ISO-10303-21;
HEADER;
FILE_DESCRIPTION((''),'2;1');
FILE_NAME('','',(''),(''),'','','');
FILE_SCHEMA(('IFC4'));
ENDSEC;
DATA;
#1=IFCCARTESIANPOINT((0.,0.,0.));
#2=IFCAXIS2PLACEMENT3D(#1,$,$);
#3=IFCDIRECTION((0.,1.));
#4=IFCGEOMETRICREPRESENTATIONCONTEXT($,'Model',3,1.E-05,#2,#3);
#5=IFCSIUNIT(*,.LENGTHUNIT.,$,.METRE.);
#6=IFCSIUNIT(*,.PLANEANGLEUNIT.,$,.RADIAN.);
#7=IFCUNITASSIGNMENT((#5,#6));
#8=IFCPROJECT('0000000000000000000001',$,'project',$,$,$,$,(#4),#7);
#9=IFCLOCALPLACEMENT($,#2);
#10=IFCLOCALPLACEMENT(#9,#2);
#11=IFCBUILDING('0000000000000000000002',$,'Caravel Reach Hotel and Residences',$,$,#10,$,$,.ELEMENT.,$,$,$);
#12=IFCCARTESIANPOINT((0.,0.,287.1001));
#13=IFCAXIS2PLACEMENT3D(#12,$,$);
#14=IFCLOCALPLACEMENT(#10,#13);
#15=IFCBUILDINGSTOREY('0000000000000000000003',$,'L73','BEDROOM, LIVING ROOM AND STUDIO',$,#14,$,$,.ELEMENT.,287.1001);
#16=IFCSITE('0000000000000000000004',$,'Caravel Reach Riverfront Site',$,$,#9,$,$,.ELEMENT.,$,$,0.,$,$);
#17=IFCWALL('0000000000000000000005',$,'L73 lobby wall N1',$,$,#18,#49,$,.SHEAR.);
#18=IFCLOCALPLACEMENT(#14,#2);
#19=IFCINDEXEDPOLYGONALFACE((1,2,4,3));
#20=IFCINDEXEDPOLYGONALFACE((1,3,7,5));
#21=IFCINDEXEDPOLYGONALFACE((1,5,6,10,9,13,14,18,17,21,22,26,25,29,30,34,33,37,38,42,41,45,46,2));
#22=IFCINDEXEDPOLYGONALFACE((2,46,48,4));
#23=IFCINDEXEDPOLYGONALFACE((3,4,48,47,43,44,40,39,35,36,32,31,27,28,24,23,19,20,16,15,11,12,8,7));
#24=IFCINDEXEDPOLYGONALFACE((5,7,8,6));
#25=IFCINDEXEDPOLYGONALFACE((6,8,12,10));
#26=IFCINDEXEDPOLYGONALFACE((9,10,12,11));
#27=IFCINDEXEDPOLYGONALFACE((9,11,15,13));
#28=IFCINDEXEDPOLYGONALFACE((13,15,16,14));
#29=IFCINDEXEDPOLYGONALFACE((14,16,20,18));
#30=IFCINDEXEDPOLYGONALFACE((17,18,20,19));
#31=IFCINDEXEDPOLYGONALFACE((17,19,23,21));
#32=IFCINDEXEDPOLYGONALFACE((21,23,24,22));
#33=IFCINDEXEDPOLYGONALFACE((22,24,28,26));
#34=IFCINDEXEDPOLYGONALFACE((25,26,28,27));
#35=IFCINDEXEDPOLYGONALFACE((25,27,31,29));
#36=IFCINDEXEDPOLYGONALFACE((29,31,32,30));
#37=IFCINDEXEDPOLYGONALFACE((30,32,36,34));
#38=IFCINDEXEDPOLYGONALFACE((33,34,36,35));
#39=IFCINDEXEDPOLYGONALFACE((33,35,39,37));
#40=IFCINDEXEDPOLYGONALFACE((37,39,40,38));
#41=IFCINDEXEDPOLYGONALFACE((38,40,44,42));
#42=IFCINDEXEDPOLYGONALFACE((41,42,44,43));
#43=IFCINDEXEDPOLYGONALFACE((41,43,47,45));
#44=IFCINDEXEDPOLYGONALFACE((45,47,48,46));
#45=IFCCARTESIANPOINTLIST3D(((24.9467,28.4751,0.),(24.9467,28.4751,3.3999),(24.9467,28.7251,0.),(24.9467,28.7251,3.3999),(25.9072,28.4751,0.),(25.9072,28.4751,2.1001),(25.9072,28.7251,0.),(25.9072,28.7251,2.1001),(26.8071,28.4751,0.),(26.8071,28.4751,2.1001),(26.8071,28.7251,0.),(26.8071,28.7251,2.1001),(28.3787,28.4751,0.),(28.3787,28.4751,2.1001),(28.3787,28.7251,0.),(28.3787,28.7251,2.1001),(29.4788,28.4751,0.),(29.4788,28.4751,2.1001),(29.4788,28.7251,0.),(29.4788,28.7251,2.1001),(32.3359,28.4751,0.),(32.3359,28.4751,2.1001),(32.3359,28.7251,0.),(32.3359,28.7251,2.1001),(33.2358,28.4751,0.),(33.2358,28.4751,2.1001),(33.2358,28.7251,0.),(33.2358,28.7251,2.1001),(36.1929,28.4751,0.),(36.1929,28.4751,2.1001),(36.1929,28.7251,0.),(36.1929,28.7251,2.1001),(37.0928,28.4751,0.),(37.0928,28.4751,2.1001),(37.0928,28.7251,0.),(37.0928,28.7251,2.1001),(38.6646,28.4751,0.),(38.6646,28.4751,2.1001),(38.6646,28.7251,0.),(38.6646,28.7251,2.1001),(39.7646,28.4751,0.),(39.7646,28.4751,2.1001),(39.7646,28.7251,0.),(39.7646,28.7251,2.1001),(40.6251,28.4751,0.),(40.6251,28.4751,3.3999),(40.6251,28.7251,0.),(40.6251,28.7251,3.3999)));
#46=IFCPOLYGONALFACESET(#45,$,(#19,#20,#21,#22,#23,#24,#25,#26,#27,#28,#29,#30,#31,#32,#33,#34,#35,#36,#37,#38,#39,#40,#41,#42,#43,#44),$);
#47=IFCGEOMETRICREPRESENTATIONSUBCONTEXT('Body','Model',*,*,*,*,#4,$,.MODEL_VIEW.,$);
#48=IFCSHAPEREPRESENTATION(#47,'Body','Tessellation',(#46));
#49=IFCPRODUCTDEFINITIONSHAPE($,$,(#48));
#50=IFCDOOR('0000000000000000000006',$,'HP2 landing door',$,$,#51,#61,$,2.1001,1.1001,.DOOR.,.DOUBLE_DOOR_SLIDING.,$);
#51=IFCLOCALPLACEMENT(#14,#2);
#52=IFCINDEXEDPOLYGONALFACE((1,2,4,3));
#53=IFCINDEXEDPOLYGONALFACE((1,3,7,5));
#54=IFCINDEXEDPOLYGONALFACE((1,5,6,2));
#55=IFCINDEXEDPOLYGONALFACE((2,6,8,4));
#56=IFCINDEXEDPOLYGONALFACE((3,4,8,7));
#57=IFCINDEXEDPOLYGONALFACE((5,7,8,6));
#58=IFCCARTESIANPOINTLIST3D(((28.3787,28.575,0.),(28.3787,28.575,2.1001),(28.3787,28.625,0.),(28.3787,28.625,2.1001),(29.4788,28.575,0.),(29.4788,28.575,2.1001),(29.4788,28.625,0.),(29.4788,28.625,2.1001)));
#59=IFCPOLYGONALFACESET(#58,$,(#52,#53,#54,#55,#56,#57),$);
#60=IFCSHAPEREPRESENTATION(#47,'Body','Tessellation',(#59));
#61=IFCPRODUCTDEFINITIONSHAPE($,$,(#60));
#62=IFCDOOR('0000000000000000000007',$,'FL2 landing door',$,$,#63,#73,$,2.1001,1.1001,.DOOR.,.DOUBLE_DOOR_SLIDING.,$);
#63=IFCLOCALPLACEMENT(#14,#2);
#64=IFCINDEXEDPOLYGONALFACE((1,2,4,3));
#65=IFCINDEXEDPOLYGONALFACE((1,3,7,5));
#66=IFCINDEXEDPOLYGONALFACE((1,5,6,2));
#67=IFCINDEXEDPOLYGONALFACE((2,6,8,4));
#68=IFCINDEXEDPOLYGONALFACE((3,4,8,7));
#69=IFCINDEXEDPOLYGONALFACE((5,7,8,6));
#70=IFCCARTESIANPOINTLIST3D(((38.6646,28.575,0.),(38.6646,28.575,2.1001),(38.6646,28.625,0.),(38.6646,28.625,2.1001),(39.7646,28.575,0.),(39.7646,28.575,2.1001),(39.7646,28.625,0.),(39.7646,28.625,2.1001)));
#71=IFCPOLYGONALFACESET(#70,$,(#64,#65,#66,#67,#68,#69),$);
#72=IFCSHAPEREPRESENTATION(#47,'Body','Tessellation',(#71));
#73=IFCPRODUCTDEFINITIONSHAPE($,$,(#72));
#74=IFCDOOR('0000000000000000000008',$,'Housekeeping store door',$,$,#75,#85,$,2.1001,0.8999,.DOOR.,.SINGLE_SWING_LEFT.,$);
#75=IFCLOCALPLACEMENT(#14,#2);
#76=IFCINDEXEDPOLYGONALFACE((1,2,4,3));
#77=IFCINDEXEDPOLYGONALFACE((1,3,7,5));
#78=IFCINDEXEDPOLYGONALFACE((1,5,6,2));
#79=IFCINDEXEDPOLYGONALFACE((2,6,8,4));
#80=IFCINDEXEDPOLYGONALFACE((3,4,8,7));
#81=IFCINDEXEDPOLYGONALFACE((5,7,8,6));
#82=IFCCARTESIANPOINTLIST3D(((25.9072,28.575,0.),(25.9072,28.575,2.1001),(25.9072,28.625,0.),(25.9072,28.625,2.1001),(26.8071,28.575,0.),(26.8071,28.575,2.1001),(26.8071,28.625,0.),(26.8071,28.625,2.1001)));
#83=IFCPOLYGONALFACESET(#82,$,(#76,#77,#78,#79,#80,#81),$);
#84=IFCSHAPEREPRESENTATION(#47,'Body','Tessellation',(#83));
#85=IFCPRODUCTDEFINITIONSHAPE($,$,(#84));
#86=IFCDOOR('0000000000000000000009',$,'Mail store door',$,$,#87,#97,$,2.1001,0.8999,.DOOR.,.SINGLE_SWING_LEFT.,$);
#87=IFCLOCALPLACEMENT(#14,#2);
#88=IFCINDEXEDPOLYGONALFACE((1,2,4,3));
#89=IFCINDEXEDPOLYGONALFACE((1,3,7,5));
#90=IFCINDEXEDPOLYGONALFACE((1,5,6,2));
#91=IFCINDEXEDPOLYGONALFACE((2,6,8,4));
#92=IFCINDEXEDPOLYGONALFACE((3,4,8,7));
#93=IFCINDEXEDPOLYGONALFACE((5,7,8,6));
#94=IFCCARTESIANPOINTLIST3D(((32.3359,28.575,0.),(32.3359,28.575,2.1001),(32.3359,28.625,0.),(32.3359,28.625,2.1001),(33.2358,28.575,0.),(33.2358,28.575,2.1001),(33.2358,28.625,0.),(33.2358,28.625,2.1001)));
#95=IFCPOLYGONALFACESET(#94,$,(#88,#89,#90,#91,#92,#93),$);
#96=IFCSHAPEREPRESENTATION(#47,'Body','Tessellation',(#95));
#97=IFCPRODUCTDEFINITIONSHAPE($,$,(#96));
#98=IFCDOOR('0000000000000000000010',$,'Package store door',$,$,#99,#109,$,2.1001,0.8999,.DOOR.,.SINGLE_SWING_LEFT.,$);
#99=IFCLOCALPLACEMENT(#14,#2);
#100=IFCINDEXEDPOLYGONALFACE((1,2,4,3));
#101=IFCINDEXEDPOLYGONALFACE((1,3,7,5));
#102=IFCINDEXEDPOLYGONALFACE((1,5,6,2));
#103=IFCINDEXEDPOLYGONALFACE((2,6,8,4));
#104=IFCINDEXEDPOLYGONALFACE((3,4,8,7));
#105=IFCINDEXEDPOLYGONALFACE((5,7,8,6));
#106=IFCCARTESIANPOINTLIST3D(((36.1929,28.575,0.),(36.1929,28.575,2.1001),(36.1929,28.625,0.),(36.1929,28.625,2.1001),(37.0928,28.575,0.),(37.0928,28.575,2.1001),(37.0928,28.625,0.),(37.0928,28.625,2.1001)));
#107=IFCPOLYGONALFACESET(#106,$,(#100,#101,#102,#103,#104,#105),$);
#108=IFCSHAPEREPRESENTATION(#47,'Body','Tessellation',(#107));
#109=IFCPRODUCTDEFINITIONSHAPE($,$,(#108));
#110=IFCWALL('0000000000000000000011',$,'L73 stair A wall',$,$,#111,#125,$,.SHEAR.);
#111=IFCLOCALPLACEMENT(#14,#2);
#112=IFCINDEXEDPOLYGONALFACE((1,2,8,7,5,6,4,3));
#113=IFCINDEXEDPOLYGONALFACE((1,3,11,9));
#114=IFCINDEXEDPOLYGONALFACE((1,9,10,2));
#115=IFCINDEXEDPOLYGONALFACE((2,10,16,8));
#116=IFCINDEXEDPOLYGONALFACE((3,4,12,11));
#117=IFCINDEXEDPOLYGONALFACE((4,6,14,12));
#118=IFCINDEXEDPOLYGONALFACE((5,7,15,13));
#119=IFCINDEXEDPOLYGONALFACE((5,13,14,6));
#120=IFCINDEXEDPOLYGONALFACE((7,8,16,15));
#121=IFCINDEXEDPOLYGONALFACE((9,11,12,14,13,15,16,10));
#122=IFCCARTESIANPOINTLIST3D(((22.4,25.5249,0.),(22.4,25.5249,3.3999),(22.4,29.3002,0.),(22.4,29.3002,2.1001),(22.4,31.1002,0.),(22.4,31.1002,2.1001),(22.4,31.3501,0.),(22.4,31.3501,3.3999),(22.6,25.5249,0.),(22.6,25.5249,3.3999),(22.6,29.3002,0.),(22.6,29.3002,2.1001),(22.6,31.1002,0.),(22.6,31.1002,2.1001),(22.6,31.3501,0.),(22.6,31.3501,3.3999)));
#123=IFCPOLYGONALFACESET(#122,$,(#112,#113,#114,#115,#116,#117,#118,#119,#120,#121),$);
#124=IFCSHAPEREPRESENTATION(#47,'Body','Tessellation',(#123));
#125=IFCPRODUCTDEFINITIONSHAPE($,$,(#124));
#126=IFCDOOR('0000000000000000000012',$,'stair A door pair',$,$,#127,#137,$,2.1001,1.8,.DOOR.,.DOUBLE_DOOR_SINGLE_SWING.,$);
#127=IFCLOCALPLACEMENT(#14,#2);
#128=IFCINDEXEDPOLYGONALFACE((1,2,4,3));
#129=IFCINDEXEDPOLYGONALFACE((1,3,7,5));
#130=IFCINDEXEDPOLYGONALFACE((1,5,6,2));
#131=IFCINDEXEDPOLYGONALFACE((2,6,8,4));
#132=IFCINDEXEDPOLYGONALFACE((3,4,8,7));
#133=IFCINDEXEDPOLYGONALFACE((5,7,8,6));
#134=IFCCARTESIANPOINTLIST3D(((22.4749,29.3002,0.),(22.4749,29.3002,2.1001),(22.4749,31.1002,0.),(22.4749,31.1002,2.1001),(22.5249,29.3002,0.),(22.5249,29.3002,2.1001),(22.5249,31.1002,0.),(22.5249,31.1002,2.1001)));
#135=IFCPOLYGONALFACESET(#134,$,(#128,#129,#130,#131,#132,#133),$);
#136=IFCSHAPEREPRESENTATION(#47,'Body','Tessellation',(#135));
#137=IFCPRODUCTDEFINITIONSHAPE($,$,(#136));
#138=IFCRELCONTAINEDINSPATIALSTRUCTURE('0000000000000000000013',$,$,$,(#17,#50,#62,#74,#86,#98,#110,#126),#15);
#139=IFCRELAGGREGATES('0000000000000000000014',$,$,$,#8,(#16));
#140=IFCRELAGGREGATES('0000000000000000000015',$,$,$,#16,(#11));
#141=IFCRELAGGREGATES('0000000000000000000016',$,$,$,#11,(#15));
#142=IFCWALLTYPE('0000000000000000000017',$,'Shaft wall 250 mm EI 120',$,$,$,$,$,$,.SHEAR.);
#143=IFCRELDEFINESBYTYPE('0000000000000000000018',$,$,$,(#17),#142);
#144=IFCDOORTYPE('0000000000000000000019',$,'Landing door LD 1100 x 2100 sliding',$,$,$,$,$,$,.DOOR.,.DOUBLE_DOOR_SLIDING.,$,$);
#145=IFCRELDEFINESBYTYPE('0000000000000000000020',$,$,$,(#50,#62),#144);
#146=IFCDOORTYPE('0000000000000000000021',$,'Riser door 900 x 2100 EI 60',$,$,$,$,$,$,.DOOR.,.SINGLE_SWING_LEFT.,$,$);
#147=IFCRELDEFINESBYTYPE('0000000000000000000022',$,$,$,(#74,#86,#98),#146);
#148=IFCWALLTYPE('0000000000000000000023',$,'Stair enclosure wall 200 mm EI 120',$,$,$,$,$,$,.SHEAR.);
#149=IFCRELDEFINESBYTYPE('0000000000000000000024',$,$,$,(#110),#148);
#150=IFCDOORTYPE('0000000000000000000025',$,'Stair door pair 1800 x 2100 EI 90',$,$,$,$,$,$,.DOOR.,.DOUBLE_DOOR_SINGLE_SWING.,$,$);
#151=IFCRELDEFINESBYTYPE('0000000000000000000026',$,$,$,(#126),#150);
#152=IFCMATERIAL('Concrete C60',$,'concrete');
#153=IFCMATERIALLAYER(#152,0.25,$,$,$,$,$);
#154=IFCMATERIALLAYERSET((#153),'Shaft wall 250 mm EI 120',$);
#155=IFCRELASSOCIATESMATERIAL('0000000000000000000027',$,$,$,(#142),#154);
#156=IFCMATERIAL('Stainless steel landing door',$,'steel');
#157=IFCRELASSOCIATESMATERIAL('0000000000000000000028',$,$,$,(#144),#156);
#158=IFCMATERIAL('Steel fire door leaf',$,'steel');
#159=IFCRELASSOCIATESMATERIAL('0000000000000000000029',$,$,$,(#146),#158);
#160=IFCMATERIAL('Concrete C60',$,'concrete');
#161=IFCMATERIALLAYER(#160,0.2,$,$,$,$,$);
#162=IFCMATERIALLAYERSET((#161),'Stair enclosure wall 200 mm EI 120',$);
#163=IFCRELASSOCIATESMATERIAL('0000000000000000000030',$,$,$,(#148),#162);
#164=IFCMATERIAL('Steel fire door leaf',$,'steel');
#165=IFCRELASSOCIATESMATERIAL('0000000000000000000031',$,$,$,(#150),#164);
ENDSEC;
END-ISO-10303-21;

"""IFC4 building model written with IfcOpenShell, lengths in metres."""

from ifc_helpers import new_model, si_unit, direction, frame, frame_2d, origin, place, context, subcontext, project, spatial, rectangle, extrude, material, layer, layer_set, type_object, element, fill, save


model = new_model("IFC4")

# Units and contexts
model_context = context("Model", 3, precision=1e-05, world=origin(), true_north=direction((0.0, 1.0)))
body_context = subcontext(model_context, "Body", "Model", "MODEL_VIEW")
ifc_project = project(units=[si_unit("LENGTHUNIT", "METRE"), si_unit("PLANEANGLEUNIT", "RADIAN")], contexts=[model_context])

# Site, building, storey
site_placement = place(None, origin())
site = spatial("IfcSite", under=ifc_project, at=site_placement, Name="Caravel Reach Riverfront Site", CompositionType="ELEMENT", RefElevation=0.0)
building_placement = place(site_placement, origin())
building = spatial("IfcBuilding", under=site, at=building_placement, Name="Caravel Reach Hotel and Residences", CompositionType="ELEMENT")
storey_placement = place(building_placement, frame((0.0, 0.0, 287.1001)))
storey = spatial("IfcBuildingStorey", under=building, at=storey_placement, Name="L73", Description="BEDROOM, LIVING ROOM AND STUDIO", CompositionType="ELEMENT", Elevation=287.1001)

# Wall, openings, doors
ifc_material_1 = material(Name="Concrete C60", Category="concrete")
ifc_layer_1 = layer(ifc_material_1, 0.25)
ifc_layer_set_1 = layer_set([ifc_layer_1], Name="Shaft wall 250 mm EI 120")
wall_type_1 = type_object("IfcWallType", Name="Shaft wall 250 mm EI 120", PredefinedType="SHEAR", material=ifc_layer_set_1)
wall_1_placement = place(storey_placement, frame((24.9465, 28.6001, 0.0), z_axis=(0.0, 0.0, 1.0), x_axis=(1.0, 0.0, 0.0)))
wall_1 = element("IfcWall", 1, at=wall_1_placement, inside=storey, type_object=wall_type_1, Name="L73 lobby wall N1", PredefinedType="SHEAR", context=body_context, shape_type="SweptSolid", body=[
    extrude(rectangle(XDim=15.6785, YDim=0.25, at=frame_2d((7.8394, 0.0))), origin(), (0.0, 0.0, 1.0), 3.3999),
])
opening_1_placement = place(wall_1_placement, frame((3.4321, 0.0, 0.0)))
opening_1 = element("IfcOpeningElement", 2, at=opening_1_placement, cuts=wall_1, PredefinedType="OPENING", context=body_context, shape_type="SweptSolid", body=[
    extrude(rectangle(XDim=1.1001, YDim=2.1001, at=frame_2d((0.55, 1.05))), frame((0.0, 0.135, 0.0), z_axis=(0.0, -1.0, 0.0), x_axis=(1.0, 0.0, 0.0)), (0.0, 0.0, 1.0), 0.27),
])
opening_2_placement = place(wall_1_placement, frame((13.718, 0.0, 0.0)))
opening_2 = element("IfcOpeningElement", 3, at=opening_2_placement, cuts=wall_1, PredefinedType="OPENING", context=body_context, shape_type="SweptSolid", body=[
    extrude(rectangle(XDim=1.1001, YDim=2.1001, at=frame_2d((0.55, 1.05))), frame((0.0, 0.135, 0.0), z_axis=(0.0, -1.0, 0.0), x_axis=(1.0, 0.0, 0.0)), (0.0, 0.0, 1.0), 0.27),
])
opening_3_placement = place(wall_1_placement, frame((0.9607, 0.0, 0.0)))
opening_3 = element("IfcOpeningElement", 4, at=opening_3_placement, cuts=wall_1, PredefinedType="OPENING", context=body_context, shape_type="SweptSolid", body=[
    extrude(rectangle(XDim=0.8999, YDim=2.1001, at=frame_2d((0.45, 1.05))), frame((0.0, 0.135, 0.0), z_axis=(0.0, -1.0, 0.0), x_axis=(1.0, 0.0, 0.0)), (0.0, 0.0, 1.0), 0.27),
])
opening_4_placement = place(wall_1_placement, frame((7.3894, 0.0, 0.0)))
opening_4 = element("IfcOpeningElement", 5, at=opening_4_placement, cuts=wall_1, PredefinedType="OPENING", context=body_context, shape_type="SweptSolid", body=[
    extrude(rectangle(XDim=0.8999, YDim=2.1001, at=frame_2d((0.45, 1.05))), frame((0.0, 0.135, 0.0), z_axis=(0.0, -1.0, 0.0), x_axis=(1.0, 0.0, 0.0)), (0.0, 0.0, 1.0), 0.27),
])
opening_5_placement = place(wall_1_placement, frame((11.2463, 0.0, 0.0)))
opening_5 = element("IfcOpeningElement", 6, at=opening_5_placement, cuts=wall_1, PredefinedType="OPENING", context=body_context, shape_type="SweptSolid", body=[
    extrude(rectangle(XDim=0.8999, YDim=2.1001, at=frame_2d((0.45, 1.05))), frame((0.0, 0.135, 0.0), z_axis=(0.0, -1.0, 0.0), x_axis=(1.0, 0.0, 0.0)), (0.0, 0.0, 1.0), 0.27),
])
ifc_material_2 = material(Name="Stainless steel landing door", Category="steel")
door_type_1 = type_object("IfcDoorType", Name="Landing door LD 1100 x 2100 sliding", OperationType="DOUBLE_DOOR_SLIDING", PredefinedType="DOOR", material=ifc_material_2)
door_1_placement = place(opening_1_placement, origin())
door_1 = element("IfcDoor", 7, at=door_1_placement, inside=storey, type_object=door_type_1, Name="HP2 landing door", OperationType="DOUBLE_DOOR_SLIDING", OverallHeight=2.1001, OverallWidth=1.1001, PredefinedType="DOOR", context=body_context, shape_type="SweptSolid", body=[
    extrude(rectangle(XDim=1.1001, YDim=2.1001, at=frame_2d((0.55, 1.05))), frame((0.0, 0.0249, 0.0), z_axis=(0.0, -1.0, 0.0), x_axis=(1.0, 0.0, 0.0)), (0.0, 0.0, 1.0), 0.05),
])
fill(opening_1, door_1)
door_2_placement = place(opening_2_placement, origin())
door_2 = element("IfcDoor", 8, at=door_2_placement, inside=storey, type_object=door_type_1, Name="FL2 landing door", OperationType="DOUBLE_DOOR_SLIDING", OverallHeight=2.1001, OverallWidth=1.1001, PredefinedType="DOOR", context=body_context, shape_type="SweptSolid", body=[
    extrude(rectangle(XDim=1.1001, YDim=2.1001, at=frame_2d((0.55, 1.05))), frame((0.0, 0.0249, 0.0), z_axis=(0.0, -1.0, 0.0), x_axis=(1.0, 0.0, 0.0)), (0.0, 0.0, 1.0), 0.05),
])
fill(opening_2, door_2)
ifc_material_3 = material(Name="Steel fire door leaf", Category="steel")
door_type_2 = type_object("IfcDoorType", Name="Riser door 900 x 2100 EI 60", OperationType="SINGLE_SWING_LEFT", PredefinedType="DOOR", material=ifc_material_3)
door_3_placement = place(opening_3_placement, origin())
door_3 = element("IfcDoor", 9, at=door_3_placement, inside=storey, type_object=door_type_2, Name="Housekeeping store door", OperationType="SINGLE_SWING_LEFT", OverallHeight=2.1001, OverallWidth=0.8999, PredefinedType="DOOR", context=body_context, shape_type="SweptSolid", body=[
    extrude(rectangle(XDim=0.8999, YDim=2.1001, at=frame_2d((0.45, 1.05))), frame((0.0, 0.0249, 0.0), z_axis=(0.0, -1.0, 0.0), x_axis=(1.0, 0.0, 0.0)), (0.0, 0.0, 1.0), 0.05),
])
fill(opening_3, door_3)
door_4_placement = place(opening_4_placement, origin())
door_4 = element("IfcDoor", 10, at=door_4_placement, inside=storey, type_object=door_type_2, Name="Mail store door", OperationType="SINGLE_SWING_LEFT", OverallHeight=2.1001, OverallWidth=0.8999, PredefinedType="DOOR", context=body_context, shape_type="SweptSolid", body=[
    extrude(rectangle(XDim=0.8999, YDim=2.1001, at=frame_2d((0.45, 1.05))), frame((0.0, 0.0249, 0.0), z_axis=(0.0, -1.0, 0.0), x_axis=(1.0, 0.0, 0.0)), (0.0, 0.0, 1.0), 0.05),
])
fill(opening_4, door_4)
door_5_placement = place(opening_5_placement, origin())
door_5 = element("IfcDoor", 11, at=door_5_placement, inside=storey, type_object=door_type_2, Name="Package store door", OperationType="SINGLE_SWING_LEFT", OverallHeight=2.1001, OverallWidth=0.8999, PredefinedType="DOOR", context=body_context, shape_type="SweptSolid", body=[
    extrude(rectangle(XDim=0.8999, YDim=2.1001, at=frame_2d((0.45, 1.05))), frame((0.0, 0.0249, 0.0), z_axis=(0.0, -1.0, 0.0), x_axis=(1.0, 0.0, 0.0)), (0.0, 0.0, 1.0), 0.05),
])
fill(opening_5, door_5)

# Wall, opening, door
ifc_material_4 = material(Name="Concrete C60", Category="concrete")
ifc_layer_2 = layer(ifc_material_4, 0.2)
ifc_layer_set_2 = layer_set([ifc_layer_2], Name="Stair enclosure wall 200 mm EI 120")
wall_type_2 = type_object("IfcWallType", Name="Stair enclosure wall 200 mm EI 120", PredefinedType="SHEAR", material=ifc_layer_set_2)
wall_2_placement = place(storey_placement, frame((22.5, 31.3501, 0.0), z_axis=(0.0, 0.0, 1.0), x_axis=(0.0, -1.0, 0.0)))
wall_2 = element("IfcWall", 12, at=wall_2_placement, inside=storey, type_object=wall_type_2, Name="L73 stair A wall", PredefinedType="SHEAR", context=body_context, shape_type="SweptSolid", body=[
    extrude(rectangle(XDim=5.8252, YDim=0.2, at=frame_2d((2.9126, 0.0))), origin(), (0.0, 0.0, 1.0), 3.3999),
])
opening_6_placement = place(wall_2_placement, frame((0.25, 0.0, 0.0)))
opening_6 = element("IfcOpeningElement", 13, at=opening_6_placement, cuts=wall_2, PredefinedType="OPENING", context=body_context, shape_type="SweptSolid", body=[
    extrude(rectangle(XDim=1.8, YDim=2.1001, at=frame_2d((0.8999, 1.05))), frame((0.0, 0.1099, 0.0), z_axis=(0.0, -1.0, 0.0), x_axis=(1.0, 0.0, 0.0)), (0.0, 0.0, 1.0), 0.22),
])
ifc_material_5 = material(Name="Steel fire door leaf", Category="steel")
door_type_3 = type_object("IfcDoorType", Name="Stair door pair 1800 x 2100 EI 90", OperationType="DOUBLE_DOOR_SINGLE_SWING", PredefinedType="DOOR", material=ifc_material_5)
door_6_placement = place(opening_6_placement, origin())
door_6 = element("IfcDoor", 14, at=door_6_placement, inside=storey, type_object=door_type_3, Name="stair A door pair", OperationType="DOUBLE_DOOR_SINGLE_SWING", OverallHeight=2.1001, OverallWidth=1.8, PredefinedType="DOOR", context=body_context, shape_type="SweptSolid", body=[
    extrude(rectangle(XDim=1.8, YDim=2.1001, at=frame_2d((0.8999, 1.05))), frame((0.0, 0.0249, 0.0), z_axis=(0.0, -1.0, 0.0), x_axis=(1.0, 0.0, 0.0)), (0.0, 0.0, 1.0), 0.05),
])
fill(opening_6, door_6)

save(model, "model.ifc")
